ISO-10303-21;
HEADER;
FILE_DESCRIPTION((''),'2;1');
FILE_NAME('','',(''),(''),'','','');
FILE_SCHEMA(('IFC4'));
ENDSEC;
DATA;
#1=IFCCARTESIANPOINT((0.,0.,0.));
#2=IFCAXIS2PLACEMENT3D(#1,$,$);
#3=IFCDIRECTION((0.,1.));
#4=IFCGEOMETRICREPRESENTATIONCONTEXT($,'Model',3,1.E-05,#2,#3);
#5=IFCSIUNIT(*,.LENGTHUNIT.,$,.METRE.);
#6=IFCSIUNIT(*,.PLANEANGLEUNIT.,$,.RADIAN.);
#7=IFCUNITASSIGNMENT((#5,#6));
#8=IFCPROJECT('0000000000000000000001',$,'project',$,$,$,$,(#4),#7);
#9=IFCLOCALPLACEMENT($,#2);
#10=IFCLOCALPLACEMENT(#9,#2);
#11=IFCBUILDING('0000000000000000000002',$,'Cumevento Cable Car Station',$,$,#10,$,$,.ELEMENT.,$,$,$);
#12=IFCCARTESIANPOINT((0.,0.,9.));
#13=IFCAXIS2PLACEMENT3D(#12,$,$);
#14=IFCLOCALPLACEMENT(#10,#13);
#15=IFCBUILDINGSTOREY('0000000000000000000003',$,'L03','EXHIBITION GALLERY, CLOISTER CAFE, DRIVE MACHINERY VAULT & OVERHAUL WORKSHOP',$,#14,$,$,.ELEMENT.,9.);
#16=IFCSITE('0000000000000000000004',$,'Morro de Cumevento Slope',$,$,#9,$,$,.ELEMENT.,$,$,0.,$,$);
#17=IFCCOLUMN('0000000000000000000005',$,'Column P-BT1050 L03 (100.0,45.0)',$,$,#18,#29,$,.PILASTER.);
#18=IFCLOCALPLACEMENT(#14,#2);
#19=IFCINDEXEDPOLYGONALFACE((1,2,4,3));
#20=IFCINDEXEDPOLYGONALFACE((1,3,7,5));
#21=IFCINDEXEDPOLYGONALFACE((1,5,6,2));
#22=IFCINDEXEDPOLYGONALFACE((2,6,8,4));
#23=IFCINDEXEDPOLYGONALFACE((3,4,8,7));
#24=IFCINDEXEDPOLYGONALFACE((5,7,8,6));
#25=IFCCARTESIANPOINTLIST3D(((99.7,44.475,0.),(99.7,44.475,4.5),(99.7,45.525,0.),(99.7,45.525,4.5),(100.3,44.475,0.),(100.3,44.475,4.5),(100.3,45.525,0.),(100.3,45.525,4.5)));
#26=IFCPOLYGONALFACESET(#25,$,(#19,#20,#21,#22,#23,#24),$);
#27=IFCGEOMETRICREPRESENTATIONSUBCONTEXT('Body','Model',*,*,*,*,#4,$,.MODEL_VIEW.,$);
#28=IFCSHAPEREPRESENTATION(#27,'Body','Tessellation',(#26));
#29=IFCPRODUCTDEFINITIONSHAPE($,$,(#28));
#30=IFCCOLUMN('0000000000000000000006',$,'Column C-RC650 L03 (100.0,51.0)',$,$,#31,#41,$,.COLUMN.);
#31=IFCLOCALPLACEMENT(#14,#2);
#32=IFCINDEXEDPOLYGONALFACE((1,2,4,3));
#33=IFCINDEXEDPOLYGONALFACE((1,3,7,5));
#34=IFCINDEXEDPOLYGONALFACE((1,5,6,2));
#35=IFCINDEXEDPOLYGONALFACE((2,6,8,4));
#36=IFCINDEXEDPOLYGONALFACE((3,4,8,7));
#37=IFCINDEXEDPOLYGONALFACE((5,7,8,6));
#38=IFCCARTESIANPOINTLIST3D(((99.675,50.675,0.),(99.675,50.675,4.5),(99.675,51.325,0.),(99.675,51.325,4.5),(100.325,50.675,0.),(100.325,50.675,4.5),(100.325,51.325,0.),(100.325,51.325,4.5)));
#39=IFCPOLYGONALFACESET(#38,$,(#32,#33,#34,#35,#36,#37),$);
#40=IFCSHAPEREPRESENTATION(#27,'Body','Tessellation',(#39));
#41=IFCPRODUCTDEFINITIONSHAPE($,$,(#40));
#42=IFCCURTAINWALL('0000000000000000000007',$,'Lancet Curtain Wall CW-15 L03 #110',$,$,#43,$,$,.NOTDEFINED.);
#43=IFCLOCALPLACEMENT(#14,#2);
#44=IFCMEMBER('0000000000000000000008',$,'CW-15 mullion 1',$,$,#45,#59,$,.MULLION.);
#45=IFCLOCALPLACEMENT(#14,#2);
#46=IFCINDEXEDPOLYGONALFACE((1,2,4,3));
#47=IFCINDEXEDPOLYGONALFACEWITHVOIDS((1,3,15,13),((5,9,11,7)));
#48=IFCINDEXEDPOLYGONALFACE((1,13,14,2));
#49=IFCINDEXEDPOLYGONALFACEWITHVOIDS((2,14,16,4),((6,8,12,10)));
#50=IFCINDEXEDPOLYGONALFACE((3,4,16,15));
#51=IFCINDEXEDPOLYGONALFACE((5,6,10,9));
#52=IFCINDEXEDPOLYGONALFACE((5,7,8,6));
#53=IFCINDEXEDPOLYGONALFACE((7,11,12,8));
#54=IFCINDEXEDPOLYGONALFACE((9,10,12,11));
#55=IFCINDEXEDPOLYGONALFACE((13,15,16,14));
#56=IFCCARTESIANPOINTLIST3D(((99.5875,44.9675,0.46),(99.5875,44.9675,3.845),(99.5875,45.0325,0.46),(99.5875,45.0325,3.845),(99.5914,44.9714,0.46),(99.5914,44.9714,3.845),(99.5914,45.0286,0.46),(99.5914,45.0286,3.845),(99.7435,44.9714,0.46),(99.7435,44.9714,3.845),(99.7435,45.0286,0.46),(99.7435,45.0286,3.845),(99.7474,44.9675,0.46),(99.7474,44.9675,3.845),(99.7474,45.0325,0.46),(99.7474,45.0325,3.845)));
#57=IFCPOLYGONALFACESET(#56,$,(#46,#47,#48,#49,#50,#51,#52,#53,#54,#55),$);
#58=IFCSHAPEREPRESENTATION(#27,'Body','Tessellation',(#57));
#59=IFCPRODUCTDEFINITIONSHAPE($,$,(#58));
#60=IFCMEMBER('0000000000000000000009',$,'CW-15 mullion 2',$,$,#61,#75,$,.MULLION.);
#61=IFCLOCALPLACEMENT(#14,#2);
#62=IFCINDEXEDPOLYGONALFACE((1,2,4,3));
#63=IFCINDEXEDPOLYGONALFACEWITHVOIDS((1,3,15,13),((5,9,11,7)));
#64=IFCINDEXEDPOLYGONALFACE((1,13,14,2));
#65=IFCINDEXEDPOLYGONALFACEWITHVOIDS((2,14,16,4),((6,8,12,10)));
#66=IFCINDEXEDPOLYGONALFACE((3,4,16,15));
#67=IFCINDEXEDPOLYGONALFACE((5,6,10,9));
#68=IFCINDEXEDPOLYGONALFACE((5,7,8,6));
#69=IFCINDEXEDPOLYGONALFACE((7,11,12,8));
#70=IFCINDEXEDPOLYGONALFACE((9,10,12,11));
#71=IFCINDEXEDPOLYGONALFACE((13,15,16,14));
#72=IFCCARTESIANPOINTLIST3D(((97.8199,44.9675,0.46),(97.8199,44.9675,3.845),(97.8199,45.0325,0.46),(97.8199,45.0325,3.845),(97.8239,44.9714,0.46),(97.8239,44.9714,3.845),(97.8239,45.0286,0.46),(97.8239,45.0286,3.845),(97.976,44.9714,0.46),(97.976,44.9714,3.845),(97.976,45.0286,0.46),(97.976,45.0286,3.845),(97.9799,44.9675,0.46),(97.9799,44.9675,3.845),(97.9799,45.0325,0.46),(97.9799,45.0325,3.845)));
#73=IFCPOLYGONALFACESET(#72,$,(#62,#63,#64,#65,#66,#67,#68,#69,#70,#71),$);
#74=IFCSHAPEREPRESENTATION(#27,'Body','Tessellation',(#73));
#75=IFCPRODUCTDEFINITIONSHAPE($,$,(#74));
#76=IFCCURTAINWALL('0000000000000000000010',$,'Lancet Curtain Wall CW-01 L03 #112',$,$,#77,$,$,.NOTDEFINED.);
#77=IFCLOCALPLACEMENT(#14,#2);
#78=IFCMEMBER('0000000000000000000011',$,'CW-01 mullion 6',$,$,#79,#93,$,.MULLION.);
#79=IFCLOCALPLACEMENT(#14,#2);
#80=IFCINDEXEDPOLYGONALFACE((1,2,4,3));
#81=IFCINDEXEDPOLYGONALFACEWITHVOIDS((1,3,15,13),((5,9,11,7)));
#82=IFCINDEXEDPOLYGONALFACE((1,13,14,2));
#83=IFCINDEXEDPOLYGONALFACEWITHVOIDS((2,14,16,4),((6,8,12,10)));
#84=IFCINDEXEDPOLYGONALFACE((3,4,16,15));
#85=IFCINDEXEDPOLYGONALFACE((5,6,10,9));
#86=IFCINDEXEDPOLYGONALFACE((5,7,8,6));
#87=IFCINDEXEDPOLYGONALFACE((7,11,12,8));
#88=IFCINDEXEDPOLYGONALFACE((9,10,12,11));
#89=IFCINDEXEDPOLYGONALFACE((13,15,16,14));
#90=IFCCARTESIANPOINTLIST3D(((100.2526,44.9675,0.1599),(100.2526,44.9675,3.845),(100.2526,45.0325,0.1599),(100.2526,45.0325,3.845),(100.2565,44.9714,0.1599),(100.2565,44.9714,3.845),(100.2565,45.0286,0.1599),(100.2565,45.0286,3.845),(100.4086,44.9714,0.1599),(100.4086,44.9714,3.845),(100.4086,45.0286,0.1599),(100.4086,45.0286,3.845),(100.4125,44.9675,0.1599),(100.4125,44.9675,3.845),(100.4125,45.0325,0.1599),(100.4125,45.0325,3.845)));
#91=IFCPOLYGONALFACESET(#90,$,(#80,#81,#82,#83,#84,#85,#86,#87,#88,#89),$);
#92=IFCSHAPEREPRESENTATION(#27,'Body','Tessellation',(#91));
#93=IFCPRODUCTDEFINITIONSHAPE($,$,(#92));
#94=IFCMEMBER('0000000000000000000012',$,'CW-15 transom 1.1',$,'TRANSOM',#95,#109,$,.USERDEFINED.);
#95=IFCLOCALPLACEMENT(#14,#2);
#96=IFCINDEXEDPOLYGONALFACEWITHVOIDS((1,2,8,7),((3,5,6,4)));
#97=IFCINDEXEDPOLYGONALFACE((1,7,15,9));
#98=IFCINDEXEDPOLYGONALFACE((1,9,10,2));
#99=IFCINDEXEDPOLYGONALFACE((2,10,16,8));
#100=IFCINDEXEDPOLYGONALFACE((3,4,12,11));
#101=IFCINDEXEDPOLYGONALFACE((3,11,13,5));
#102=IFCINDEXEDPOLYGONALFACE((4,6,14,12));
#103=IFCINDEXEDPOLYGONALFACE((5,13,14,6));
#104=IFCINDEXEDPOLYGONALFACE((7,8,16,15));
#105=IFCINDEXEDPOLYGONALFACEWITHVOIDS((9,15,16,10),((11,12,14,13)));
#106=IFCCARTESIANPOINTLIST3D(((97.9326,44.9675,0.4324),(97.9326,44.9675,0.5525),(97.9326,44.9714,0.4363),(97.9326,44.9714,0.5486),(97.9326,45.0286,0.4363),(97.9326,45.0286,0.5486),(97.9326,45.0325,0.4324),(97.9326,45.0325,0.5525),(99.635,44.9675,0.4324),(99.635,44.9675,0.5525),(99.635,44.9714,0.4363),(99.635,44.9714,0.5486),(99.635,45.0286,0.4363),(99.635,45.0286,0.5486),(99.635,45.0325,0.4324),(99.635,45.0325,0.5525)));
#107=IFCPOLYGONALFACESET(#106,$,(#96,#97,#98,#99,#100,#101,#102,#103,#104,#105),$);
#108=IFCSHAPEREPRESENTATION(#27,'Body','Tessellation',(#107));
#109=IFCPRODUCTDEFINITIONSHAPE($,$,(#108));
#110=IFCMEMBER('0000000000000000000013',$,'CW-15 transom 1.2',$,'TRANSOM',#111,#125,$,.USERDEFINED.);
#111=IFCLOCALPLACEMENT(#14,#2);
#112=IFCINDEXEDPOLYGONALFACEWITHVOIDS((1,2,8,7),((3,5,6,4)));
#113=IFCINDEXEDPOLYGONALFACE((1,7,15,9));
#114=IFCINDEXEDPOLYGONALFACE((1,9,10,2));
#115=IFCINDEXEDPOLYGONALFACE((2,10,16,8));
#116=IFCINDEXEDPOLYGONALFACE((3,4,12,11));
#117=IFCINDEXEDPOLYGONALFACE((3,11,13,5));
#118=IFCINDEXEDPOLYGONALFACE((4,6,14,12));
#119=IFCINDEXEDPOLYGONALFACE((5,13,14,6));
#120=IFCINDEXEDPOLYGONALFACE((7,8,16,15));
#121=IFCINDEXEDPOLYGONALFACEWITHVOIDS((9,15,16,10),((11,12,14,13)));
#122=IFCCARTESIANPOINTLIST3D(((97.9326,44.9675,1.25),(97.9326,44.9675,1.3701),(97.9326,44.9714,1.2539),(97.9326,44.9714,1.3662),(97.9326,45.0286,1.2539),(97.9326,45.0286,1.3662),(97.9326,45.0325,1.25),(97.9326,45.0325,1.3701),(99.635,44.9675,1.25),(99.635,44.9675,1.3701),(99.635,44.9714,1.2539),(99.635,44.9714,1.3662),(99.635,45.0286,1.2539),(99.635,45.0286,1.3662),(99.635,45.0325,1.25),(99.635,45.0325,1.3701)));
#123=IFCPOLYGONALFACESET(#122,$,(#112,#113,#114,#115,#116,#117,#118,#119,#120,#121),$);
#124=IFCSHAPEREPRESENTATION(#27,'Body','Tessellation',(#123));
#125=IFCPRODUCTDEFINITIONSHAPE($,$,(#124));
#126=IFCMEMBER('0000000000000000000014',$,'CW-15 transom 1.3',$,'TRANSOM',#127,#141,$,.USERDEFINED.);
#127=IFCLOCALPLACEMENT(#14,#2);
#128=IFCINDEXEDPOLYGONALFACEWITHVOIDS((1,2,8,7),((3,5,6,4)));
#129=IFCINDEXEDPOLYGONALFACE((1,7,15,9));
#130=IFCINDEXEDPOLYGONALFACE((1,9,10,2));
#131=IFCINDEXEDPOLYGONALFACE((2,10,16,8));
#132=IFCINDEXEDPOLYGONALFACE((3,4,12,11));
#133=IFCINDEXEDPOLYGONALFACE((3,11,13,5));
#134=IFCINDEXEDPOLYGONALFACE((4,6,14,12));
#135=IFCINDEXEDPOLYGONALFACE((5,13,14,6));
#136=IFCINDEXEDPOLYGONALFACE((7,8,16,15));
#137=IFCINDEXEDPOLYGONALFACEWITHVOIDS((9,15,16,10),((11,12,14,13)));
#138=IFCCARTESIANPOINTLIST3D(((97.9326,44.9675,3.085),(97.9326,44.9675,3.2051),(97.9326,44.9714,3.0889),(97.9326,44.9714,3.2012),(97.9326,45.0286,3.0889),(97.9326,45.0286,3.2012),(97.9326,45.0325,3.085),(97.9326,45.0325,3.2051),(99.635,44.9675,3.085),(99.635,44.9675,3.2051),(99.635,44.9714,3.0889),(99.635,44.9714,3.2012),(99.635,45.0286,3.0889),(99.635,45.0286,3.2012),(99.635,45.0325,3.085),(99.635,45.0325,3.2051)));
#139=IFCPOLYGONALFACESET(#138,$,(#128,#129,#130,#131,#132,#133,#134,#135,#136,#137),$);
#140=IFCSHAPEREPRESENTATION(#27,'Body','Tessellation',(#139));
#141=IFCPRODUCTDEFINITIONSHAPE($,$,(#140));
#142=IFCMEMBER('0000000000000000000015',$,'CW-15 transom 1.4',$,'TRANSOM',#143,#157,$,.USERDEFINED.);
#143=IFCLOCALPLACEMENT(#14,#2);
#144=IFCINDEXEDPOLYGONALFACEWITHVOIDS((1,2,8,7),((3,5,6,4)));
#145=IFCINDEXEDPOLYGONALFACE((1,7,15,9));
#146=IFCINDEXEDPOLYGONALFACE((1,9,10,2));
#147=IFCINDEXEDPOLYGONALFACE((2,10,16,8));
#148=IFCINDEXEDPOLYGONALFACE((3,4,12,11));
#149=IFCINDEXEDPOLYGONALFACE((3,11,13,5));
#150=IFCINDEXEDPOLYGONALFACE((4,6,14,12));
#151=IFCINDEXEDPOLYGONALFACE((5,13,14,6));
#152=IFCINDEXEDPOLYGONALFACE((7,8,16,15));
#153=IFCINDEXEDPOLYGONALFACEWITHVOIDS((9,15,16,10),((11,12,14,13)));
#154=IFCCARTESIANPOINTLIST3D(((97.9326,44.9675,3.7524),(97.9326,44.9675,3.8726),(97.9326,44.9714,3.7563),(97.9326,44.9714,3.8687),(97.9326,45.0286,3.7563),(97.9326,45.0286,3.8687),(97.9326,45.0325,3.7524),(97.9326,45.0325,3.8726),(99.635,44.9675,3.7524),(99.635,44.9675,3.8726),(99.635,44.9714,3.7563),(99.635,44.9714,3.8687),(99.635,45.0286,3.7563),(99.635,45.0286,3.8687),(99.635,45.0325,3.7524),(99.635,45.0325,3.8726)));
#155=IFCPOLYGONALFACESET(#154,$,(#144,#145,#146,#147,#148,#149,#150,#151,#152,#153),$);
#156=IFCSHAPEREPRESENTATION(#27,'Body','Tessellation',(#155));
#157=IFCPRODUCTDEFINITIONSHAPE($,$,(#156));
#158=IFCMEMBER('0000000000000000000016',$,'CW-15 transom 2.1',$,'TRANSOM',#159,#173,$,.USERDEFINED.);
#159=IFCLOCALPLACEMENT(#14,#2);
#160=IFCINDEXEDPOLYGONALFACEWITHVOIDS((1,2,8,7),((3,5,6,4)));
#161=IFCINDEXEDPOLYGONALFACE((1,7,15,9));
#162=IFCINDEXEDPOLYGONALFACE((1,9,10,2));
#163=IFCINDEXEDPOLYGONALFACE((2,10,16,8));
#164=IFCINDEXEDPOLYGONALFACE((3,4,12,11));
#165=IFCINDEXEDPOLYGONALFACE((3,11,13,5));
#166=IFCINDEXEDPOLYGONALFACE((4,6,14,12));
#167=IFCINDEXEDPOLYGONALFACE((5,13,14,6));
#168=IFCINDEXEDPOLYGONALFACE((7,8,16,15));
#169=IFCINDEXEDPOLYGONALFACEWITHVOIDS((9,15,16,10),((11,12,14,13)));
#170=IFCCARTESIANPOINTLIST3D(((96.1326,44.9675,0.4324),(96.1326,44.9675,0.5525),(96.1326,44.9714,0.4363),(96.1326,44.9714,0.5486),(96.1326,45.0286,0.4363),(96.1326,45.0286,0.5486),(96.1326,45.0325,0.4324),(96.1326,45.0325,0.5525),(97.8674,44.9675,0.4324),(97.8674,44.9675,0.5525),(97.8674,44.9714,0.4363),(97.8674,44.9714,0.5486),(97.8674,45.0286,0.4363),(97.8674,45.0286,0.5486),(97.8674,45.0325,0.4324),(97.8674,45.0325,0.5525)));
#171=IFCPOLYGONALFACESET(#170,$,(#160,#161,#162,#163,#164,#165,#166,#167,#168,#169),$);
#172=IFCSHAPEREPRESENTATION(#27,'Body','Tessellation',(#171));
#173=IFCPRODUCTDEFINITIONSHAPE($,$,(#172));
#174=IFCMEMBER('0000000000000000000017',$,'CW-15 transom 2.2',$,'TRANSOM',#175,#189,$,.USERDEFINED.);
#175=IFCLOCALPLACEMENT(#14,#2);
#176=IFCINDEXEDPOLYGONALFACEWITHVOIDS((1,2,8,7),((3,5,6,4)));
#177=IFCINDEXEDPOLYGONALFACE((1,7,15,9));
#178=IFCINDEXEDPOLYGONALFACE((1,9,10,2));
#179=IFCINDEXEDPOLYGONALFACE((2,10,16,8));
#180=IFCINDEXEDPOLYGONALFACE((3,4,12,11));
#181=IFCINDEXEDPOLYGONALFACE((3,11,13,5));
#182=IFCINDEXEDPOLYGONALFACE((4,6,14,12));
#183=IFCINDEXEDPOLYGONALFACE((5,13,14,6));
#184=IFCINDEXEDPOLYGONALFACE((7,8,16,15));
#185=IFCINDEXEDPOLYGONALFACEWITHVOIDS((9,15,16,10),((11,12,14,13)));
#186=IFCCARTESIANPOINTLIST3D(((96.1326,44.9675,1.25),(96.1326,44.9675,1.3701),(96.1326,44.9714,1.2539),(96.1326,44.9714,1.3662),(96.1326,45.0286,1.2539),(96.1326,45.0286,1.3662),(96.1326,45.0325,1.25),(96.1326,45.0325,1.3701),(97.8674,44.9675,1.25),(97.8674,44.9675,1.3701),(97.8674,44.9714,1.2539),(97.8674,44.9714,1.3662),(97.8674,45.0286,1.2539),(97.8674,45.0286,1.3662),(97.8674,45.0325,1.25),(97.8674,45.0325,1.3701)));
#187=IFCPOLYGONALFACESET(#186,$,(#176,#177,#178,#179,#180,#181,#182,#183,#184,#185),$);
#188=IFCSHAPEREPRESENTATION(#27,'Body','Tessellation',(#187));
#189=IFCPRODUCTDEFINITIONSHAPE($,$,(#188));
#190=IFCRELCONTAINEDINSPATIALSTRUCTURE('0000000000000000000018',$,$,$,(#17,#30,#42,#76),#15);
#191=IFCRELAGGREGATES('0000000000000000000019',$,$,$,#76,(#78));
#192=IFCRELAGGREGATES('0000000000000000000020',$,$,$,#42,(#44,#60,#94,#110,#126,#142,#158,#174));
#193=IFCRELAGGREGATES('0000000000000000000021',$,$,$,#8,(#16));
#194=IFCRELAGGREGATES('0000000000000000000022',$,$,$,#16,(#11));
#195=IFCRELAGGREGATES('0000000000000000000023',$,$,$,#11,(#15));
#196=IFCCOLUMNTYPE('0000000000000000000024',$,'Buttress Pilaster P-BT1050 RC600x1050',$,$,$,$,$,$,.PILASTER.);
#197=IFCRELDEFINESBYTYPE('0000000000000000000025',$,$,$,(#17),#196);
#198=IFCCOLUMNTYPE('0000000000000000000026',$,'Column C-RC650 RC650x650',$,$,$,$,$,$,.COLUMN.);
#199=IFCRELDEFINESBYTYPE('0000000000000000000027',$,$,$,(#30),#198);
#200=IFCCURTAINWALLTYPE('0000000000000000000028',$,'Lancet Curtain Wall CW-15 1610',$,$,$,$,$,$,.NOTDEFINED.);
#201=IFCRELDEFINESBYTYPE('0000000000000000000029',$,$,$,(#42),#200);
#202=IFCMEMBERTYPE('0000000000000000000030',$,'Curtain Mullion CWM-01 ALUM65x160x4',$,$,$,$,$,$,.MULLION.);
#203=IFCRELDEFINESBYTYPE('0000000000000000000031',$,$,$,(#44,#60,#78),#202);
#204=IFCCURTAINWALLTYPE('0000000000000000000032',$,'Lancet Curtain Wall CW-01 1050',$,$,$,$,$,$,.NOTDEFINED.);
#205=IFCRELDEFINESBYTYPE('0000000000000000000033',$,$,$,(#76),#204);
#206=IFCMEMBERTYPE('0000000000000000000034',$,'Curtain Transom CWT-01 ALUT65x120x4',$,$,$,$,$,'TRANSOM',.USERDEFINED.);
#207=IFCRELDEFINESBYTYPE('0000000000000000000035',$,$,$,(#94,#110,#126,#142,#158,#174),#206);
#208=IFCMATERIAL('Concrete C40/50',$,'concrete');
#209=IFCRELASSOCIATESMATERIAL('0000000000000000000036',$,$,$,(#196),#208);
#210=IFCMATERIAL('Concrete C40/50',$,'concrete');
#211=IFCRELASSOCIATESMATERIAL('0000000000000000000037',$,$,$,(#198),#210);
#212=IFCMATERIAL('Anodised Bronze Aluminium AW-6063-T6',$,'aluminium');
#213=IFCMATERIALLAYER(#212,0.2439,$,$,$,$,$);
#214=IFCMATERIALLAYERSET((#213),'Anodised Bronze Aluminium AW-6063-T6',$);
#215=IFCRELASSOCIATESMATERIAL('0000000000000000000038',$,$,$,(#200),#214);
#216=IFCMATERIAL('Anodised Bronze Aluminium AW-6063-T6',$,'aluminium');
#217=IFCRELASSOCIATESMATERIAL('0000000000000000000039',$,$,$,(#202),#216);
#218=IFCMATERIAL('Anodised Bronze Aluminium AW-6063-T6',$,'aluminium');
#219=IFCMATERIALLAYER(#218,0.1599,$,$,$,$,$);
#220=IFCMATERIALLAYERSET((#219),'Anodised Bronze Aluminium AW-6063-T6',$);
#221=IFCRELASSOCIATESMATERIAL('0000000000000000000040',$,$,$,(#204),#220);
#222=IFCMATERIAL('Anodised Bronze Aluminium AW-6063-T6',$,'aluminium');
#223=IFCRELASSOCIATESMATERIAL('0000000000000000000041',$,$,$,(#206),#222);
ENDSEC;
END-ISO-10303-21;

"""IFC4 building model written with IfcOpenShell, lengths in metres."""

from ifc_helpers import new_model, si_unit, direction, frame, origin, origin_2d, place, context, subcontext, project, spatial, rectangle, hollow_rectangle, extrude, material, layer, layer_set, material_profile, profile_set, type_object, element, aggregate, save


model = new_model("IFC4")

# Units and contexts
model_context = context("Model", 3, precision=1e-05, world=origin(), true_north=direction((0.0, 1.0)))
body_context = subcontext(model_context, "Body", "Model", "MODEL_VIEW")
ifc_project = project(units=[si_unit("LENGTHUNIT", "METRE"), si_unit("PLANEANGLEUNIT", "RADIAN")], contexts=[model_context])

# Site, building, storey
site_placement = place(None, origin())
site = spatial("IfcSite", under=ifc_project, at=site_placement, Name="Morro de Cumevento Slope", CompositionType="ELEMENT", RefElevation=0.0)
building_placement = place(site_placement, origin())
building = spatial("IfcBuilding", under=site, at=building_placement, Name="Cumevento Cable Car Station", CompositionType="ELEMENT")
storey_placement = place(building_placement, frame((0.0, 0.0, 9.0)))
storey = spatial("IfcBuildingStorey", under=building, at=storey_placement, Name="L03", Description="EXHIBITION GALLERY, CLOISTER CAFE, DRIVE MACHINERY VAULT & OVERHAUL WORKSHOP", CompositionType="ELEMENT", Elevation=9.0)

# Columns
ifc_material_1 = material(Name="Concrete C40/50", Category="concrete")
ifc_material_profile_1 = material_profile(ifc_material_1, rectangle(XDim=0.6001, YDim=1.05, at=origin_2d()), Name="RC600x1050")
ifc_profile_set_1 = profile_set([ifc_material_profile_1], Name="Concrete C40/50")
column_type_1 = type_object("IfcColumnType", Name="Buttress Pilaster P-BT1050 RC600x1050", PredefinedType="PILASTER", material=ifc_profile_set_1)
column_1_placement = place(storey_placement, frame((100.0, 45.0, 0.0), z_axis=(0.0, 0.0, 1.0), x_axis=(1.0, 0.0, 0.0)))
element("IfcColumn", 1, at=column_1_placement, inside=storey, type_object=column_type_1, Name="Column P-BT1050 L03 (100.0,45.0)", PredefinedType="PILASTER", context=body_context, shape_type="SweptSolid", body=[
    extrude(rectangle(XDim=0.6001, YDim=1.05, at=origin_2d()), origin(), (0.0, 0.0, 1.0), 4.5),
])
ifc_material_2 = material(Name="Concrete C40/50", Category="concrete")
ifc_material_profile_2 = material_profile(ifc_material_2, rectangle(XDim=0.6499, YDim=0.6499, at=origin_2d()), Name="RC650x650")
ifc_profile_set_2 = profile_set([ifc_material_profile_2], Name="Concrete C40/50")
column_type_2 = type_object("IfcColumnType", Name="Column C-RC650 RC650x650", PredefinedType="COLUMN", material=ifc_profile_set_2)
column_2_placement = place(storey_placement, frame((100.0, 51.0, 0.0), z_axis=(0.0, 0.0, 1.0), x_axis=(1.0, 0.0, 0.0)))
element("IfcColumn", 2, at=column_2_placement, inside=storey, type_object=column_type_2, Name="Column C-RC650 L03 (100.0,51.0)", PredefinedType="COLUMN", context=body_context, shape_type="SweptSolid", body=[
    extrude(rectangle(XDim=0.6499, YDim=0.6499, at=origin_2d()), origin(), (0.0, 0.0, 1.0), 4.5),
])

# Curtain wall, members
ifc_material_3 = material(Name="Anodised Bronze Aluminium AW-6063-T6", Category="aluminium")
ifc_layer_1 = layer(ifc_material_3, 0.2439)
ifc_layer_set_1 = layer_set([ifc_layer_1], Name="Anodised Bronze Aluminium AW-6063-T6")
curtain_wall_type_1 = type_object("IfcCurtainWallType", Name="Lancet Curtain Wall CW-15 1610", PredefinedType="NOTDEFINED", material=ifc_layer_set_1)
curtain_wall_1_placement = place(storey_placement, origin())
curtain_wall_1 = element("IfcCurtainWall", 3, at=curtain_wall_1_placement, inside=storey, type_object=curtain_wall_type_1, Name="Lancet Curtain Wall CW-15 L03 #110", PredefinedType="NOTDEFINED")
ifc_material_4 = material(Name="Anodised Bronze Aluminium AW-6063-T6", Category="aluminium")
ifc_material_profile_3 = material_profile(ifc_material_4, hollow_rectangle(XDim=0.0649, YDim=0.1599, WallThickness=0.0039, at=origin_2d()), Name="ALUM65x160x4")
ifc_profile_set_3 = profile_set([ifc_material_profile_3], Name="Anodised Bronze Aluminium AW-6063-T6")
member_type_1 = type_object("IfcMemberType", Name="Curtain Mullion CWM-01 ALUM65x160x4", PredefinedType="MULLION", material=ifc_profile_set_3)
member_1_placement = place(storey_placement, frame((99.6675, 45.0, 0.46), z_axis=(0.0, 0.0, 1.0), x_axis=(0.0, -1.0, 0.0)))
member_1 = element("IfcMember", 4, at=member_1_placement, type_object=member_type_1, Name="CW-15 mullion 1", PredefinedType="MULLION", context=body_context, shape_type="SweptSolid", body=[
    extrude(hollow_rectangle(XDim=0.0649, YDim=0.1599, WallThickness=0.0039, at=origin_2d()), origin(), (0.0, 0.0, 1.0), 3.385),
])
member_2_placement = place(storey_placement, frame((97.8999, 45.0, 0.46), z_axis=(0.0, 0.0, 1.0), x_axis=(0.0, -1.0, 0.0)))
member_2 = element("IfcMember", 5, at=member_2_placement, type_object=member_type_1, Name="CW-15 mullion 2", PredefinedType="MULLION", context=body_context, shape_type="SweptSolid", body=[
    extrude(hollow_rectangle(XDim=0.0649, YDim=0.1599, WallThickness=0.0039, at=origin_2d()), origin(), (0.0, 0.0, 1.0), 3.385),
])

# Curtain wall, member
ifc_material_5 = material(Name="Anodised Bronze Aluminium AW-6063-T6", Category="aluminium")
ifc_layer_2 = layer(ifc_material_5, 0.1599)
ifc_layer_set_2 = layer_set([ifc_layer_2], Name="Anodised Bronze Aluminium AW-6063-T6")
curtain_wall_type_2 = type_object("IfcCurtainWallType", Name="Lancet Curtain Wall CW-01 1050", PredefinedType="NOTDEFINED", material=ifc_layer_set_2)
curtain_wall_2_placement = place(storey_placement, origin())
curtain_wall_2 = element("IfcCurtainWall", 6, at=curtain_wall_2_placement, inside=storey, type_object=curtain_wall_type_2, Name="Lancet Curtain Wall CW-01 L03 #112", PredefinedType="NOTDEFINED")
member_3_placement = place(storey_placement, frame((100.3325, 45.0, 0.1599), z_axis=(0.0, 0.0, 1.0), x_axis=(0.0, -1.0, 0.0)))
member_3 = element("IfcMember", 7, at=member_3_placement, type_object=member_type_1, Name="CW-01 mullion 6", PredefinedType="MULLION", context=body_context, shape_type="SweptSolid", body=[
    extrude(hollow_rectangle(XDim=0.0649, YDim=0.1599, WallThickness=0.0039, at=origin_2d()), origin(), (0.0, 0.0, 1.0), 3.6851),
])

# Members
ifc_material_6 = material(Name="Anodised Bronze Aluminium AW-6063-T6", Category="aluminium")
ifc_material_profile_4 = material_profile(ifc_material_6, hollow_rectangle(XDim=0.0649, YDim=0.1201, WallThickness=0.0039, at=origin_2d()), Name="ALUT65x120x4")
ifc_profile_set_4 = profile_set([ifc_material_profile_4], Name="Anodised Bronze Aluminium AW-6063-T6")
member_type_2 = type_object("IfcMemberType", Name="Curtain Transom CWT-01 ALUT65x120x4", ElementType="TRANSOM", PredefinedType="USERDEFINED", material=ifc_profile_set_4)
member_4_placement = place(storey_placement, frame((99.635, 45.0, 0.4924), z_axis=(-1.0, 0.0, 0.0), x_axis=(0.0, -1.0, 0.0)))
member_4 = element("IfcMember", 8, at=member_4_placement, type_object=member_type_2, Name="CW-15 transom 1.1", ObjectType="TRANSOM", PredefinedType="USERDEFINED", context=body_context, shape_type="SweptSolid", body=[
    extrude(hollow_rectangle(XDim=0.0649, YDim=0.1201, WallThickness=0.0039, at=origin_2d()), origin(), (0.0, 0.0, 1.0), 1.7024),
])
member_5_placement = place(storey_placement, frame((99.635, 45.0, 1.3101), z_axis=(-1.0, 0.0, 0.0), x_axis=(0.0, -1.0, 0.0)))
member_5 = element("IfcMember", 9, at=member_5_placement, type_object=member_type_2, Name="CW-15 transom 1.2", ObjectType="TRANSOM", PredefinedType="USERDEFINED", context=body_context, shape_type="SweptSolid", body=[
    extrude(hollow_rectangle(XDim=0.0649, YDim=0.1201, WallThickness=0.0039, at=origin_2d()), origin(), (0.0, 0.0, 1.0), 1.7024),
])
member_6_placement = place(storey_placement, frame((99.635, 45.0, 3.145), z_axis=(-1.0, 0.0, 0.0), x_axis=(0.0, -1.0, 0.0)))
member_6 = element("IfcMember", 10, at=member_6_placement, type_object=member_type_2, Name="CW-15 transom 1.3", ObjectType="TRANSOM", PredefinedType="USERDEFINED", context=body_context, shape_type="SweptSolid", body=[
    extrude(hollow_rectangle(XDim=0.0649, YDim=0.1201, WallThickness=0.0039, at=origin_2d()), origin(), (0.0, 0.0, 1.0), 1.7024),
])
member_7_placement = place(storey_placement, frame((99.635, 45.0, 3.8125), z_axis=(-1.0, 0.0, 0.0), x_axis=(0.0, -1.0, 0.0)))
member_7 = element("IfcMember", 11, at=member_7_placement, type_object=member_type_2, Name="CW-15 transom 1.4", ObjectType="TRANSOM", PredefinedType="USERDEFINED", context=body_context, shape_type="SweptSolid", body=[
    extrude(hollow_rectangle(XDim=0.0649, YDim=0.1201, WallThickness=0.0039, at=origin_2d()), origin(), (0.0, 0.0, 1.0), 1.7024),
])
member_8_placement = place(storey_placement, frame((97.8674, 45.0, 0.4924), z_axis=(-1.0, 0.0, 0.0), x_axis=(0.0, -1.0, 0.0)))
member_8 = element("IfcMember", 12, at=member_8_placement, type_object=member_type_2, Name="CW-15 transom 2.1", ObjectType="TRANSOM", PredefinedType="USERDEFINED", context=body_context, shape_type="SweptSolid", body=[
    extrude(hollow_rectangle(XDim=0.0649, YDim=0.1201, WallThickness=0.0039, at=origin_2d()), origin(), (0.0, 0.0, 1.0), 1.7349),
])
member_9_placement = place(storey_placement, frame((97.8674, 45.0, 1.3101), z_axis=(-1.0, 0.0, 0.0), x_axis=(0.0, -1.0, 0.0)))
member_9 = element("IfcMember", 13, at=member_9_placement, type_object=member_type_2, Name="CW-15 transom 2.2", ObjectType="TRANSOM", PredefinedType="USERDEFINED", context=body_context, shape_type="SweptSolid", body=[
    extrude(hollow_rectangle(XDim=0.0649, YDim=0.1201, WallThickness=0.0039, at=origin_2d()), origin(), (0.0, 0.0, 1.0), 1.7349),
])

aggregate(curtain_wall_2, [member_3])
aggregate(curtain_wall_1, [member_1, member_2, member_4, member_5, member_6, member_7, member_8, member_9])

save(model, "model.ifc")
